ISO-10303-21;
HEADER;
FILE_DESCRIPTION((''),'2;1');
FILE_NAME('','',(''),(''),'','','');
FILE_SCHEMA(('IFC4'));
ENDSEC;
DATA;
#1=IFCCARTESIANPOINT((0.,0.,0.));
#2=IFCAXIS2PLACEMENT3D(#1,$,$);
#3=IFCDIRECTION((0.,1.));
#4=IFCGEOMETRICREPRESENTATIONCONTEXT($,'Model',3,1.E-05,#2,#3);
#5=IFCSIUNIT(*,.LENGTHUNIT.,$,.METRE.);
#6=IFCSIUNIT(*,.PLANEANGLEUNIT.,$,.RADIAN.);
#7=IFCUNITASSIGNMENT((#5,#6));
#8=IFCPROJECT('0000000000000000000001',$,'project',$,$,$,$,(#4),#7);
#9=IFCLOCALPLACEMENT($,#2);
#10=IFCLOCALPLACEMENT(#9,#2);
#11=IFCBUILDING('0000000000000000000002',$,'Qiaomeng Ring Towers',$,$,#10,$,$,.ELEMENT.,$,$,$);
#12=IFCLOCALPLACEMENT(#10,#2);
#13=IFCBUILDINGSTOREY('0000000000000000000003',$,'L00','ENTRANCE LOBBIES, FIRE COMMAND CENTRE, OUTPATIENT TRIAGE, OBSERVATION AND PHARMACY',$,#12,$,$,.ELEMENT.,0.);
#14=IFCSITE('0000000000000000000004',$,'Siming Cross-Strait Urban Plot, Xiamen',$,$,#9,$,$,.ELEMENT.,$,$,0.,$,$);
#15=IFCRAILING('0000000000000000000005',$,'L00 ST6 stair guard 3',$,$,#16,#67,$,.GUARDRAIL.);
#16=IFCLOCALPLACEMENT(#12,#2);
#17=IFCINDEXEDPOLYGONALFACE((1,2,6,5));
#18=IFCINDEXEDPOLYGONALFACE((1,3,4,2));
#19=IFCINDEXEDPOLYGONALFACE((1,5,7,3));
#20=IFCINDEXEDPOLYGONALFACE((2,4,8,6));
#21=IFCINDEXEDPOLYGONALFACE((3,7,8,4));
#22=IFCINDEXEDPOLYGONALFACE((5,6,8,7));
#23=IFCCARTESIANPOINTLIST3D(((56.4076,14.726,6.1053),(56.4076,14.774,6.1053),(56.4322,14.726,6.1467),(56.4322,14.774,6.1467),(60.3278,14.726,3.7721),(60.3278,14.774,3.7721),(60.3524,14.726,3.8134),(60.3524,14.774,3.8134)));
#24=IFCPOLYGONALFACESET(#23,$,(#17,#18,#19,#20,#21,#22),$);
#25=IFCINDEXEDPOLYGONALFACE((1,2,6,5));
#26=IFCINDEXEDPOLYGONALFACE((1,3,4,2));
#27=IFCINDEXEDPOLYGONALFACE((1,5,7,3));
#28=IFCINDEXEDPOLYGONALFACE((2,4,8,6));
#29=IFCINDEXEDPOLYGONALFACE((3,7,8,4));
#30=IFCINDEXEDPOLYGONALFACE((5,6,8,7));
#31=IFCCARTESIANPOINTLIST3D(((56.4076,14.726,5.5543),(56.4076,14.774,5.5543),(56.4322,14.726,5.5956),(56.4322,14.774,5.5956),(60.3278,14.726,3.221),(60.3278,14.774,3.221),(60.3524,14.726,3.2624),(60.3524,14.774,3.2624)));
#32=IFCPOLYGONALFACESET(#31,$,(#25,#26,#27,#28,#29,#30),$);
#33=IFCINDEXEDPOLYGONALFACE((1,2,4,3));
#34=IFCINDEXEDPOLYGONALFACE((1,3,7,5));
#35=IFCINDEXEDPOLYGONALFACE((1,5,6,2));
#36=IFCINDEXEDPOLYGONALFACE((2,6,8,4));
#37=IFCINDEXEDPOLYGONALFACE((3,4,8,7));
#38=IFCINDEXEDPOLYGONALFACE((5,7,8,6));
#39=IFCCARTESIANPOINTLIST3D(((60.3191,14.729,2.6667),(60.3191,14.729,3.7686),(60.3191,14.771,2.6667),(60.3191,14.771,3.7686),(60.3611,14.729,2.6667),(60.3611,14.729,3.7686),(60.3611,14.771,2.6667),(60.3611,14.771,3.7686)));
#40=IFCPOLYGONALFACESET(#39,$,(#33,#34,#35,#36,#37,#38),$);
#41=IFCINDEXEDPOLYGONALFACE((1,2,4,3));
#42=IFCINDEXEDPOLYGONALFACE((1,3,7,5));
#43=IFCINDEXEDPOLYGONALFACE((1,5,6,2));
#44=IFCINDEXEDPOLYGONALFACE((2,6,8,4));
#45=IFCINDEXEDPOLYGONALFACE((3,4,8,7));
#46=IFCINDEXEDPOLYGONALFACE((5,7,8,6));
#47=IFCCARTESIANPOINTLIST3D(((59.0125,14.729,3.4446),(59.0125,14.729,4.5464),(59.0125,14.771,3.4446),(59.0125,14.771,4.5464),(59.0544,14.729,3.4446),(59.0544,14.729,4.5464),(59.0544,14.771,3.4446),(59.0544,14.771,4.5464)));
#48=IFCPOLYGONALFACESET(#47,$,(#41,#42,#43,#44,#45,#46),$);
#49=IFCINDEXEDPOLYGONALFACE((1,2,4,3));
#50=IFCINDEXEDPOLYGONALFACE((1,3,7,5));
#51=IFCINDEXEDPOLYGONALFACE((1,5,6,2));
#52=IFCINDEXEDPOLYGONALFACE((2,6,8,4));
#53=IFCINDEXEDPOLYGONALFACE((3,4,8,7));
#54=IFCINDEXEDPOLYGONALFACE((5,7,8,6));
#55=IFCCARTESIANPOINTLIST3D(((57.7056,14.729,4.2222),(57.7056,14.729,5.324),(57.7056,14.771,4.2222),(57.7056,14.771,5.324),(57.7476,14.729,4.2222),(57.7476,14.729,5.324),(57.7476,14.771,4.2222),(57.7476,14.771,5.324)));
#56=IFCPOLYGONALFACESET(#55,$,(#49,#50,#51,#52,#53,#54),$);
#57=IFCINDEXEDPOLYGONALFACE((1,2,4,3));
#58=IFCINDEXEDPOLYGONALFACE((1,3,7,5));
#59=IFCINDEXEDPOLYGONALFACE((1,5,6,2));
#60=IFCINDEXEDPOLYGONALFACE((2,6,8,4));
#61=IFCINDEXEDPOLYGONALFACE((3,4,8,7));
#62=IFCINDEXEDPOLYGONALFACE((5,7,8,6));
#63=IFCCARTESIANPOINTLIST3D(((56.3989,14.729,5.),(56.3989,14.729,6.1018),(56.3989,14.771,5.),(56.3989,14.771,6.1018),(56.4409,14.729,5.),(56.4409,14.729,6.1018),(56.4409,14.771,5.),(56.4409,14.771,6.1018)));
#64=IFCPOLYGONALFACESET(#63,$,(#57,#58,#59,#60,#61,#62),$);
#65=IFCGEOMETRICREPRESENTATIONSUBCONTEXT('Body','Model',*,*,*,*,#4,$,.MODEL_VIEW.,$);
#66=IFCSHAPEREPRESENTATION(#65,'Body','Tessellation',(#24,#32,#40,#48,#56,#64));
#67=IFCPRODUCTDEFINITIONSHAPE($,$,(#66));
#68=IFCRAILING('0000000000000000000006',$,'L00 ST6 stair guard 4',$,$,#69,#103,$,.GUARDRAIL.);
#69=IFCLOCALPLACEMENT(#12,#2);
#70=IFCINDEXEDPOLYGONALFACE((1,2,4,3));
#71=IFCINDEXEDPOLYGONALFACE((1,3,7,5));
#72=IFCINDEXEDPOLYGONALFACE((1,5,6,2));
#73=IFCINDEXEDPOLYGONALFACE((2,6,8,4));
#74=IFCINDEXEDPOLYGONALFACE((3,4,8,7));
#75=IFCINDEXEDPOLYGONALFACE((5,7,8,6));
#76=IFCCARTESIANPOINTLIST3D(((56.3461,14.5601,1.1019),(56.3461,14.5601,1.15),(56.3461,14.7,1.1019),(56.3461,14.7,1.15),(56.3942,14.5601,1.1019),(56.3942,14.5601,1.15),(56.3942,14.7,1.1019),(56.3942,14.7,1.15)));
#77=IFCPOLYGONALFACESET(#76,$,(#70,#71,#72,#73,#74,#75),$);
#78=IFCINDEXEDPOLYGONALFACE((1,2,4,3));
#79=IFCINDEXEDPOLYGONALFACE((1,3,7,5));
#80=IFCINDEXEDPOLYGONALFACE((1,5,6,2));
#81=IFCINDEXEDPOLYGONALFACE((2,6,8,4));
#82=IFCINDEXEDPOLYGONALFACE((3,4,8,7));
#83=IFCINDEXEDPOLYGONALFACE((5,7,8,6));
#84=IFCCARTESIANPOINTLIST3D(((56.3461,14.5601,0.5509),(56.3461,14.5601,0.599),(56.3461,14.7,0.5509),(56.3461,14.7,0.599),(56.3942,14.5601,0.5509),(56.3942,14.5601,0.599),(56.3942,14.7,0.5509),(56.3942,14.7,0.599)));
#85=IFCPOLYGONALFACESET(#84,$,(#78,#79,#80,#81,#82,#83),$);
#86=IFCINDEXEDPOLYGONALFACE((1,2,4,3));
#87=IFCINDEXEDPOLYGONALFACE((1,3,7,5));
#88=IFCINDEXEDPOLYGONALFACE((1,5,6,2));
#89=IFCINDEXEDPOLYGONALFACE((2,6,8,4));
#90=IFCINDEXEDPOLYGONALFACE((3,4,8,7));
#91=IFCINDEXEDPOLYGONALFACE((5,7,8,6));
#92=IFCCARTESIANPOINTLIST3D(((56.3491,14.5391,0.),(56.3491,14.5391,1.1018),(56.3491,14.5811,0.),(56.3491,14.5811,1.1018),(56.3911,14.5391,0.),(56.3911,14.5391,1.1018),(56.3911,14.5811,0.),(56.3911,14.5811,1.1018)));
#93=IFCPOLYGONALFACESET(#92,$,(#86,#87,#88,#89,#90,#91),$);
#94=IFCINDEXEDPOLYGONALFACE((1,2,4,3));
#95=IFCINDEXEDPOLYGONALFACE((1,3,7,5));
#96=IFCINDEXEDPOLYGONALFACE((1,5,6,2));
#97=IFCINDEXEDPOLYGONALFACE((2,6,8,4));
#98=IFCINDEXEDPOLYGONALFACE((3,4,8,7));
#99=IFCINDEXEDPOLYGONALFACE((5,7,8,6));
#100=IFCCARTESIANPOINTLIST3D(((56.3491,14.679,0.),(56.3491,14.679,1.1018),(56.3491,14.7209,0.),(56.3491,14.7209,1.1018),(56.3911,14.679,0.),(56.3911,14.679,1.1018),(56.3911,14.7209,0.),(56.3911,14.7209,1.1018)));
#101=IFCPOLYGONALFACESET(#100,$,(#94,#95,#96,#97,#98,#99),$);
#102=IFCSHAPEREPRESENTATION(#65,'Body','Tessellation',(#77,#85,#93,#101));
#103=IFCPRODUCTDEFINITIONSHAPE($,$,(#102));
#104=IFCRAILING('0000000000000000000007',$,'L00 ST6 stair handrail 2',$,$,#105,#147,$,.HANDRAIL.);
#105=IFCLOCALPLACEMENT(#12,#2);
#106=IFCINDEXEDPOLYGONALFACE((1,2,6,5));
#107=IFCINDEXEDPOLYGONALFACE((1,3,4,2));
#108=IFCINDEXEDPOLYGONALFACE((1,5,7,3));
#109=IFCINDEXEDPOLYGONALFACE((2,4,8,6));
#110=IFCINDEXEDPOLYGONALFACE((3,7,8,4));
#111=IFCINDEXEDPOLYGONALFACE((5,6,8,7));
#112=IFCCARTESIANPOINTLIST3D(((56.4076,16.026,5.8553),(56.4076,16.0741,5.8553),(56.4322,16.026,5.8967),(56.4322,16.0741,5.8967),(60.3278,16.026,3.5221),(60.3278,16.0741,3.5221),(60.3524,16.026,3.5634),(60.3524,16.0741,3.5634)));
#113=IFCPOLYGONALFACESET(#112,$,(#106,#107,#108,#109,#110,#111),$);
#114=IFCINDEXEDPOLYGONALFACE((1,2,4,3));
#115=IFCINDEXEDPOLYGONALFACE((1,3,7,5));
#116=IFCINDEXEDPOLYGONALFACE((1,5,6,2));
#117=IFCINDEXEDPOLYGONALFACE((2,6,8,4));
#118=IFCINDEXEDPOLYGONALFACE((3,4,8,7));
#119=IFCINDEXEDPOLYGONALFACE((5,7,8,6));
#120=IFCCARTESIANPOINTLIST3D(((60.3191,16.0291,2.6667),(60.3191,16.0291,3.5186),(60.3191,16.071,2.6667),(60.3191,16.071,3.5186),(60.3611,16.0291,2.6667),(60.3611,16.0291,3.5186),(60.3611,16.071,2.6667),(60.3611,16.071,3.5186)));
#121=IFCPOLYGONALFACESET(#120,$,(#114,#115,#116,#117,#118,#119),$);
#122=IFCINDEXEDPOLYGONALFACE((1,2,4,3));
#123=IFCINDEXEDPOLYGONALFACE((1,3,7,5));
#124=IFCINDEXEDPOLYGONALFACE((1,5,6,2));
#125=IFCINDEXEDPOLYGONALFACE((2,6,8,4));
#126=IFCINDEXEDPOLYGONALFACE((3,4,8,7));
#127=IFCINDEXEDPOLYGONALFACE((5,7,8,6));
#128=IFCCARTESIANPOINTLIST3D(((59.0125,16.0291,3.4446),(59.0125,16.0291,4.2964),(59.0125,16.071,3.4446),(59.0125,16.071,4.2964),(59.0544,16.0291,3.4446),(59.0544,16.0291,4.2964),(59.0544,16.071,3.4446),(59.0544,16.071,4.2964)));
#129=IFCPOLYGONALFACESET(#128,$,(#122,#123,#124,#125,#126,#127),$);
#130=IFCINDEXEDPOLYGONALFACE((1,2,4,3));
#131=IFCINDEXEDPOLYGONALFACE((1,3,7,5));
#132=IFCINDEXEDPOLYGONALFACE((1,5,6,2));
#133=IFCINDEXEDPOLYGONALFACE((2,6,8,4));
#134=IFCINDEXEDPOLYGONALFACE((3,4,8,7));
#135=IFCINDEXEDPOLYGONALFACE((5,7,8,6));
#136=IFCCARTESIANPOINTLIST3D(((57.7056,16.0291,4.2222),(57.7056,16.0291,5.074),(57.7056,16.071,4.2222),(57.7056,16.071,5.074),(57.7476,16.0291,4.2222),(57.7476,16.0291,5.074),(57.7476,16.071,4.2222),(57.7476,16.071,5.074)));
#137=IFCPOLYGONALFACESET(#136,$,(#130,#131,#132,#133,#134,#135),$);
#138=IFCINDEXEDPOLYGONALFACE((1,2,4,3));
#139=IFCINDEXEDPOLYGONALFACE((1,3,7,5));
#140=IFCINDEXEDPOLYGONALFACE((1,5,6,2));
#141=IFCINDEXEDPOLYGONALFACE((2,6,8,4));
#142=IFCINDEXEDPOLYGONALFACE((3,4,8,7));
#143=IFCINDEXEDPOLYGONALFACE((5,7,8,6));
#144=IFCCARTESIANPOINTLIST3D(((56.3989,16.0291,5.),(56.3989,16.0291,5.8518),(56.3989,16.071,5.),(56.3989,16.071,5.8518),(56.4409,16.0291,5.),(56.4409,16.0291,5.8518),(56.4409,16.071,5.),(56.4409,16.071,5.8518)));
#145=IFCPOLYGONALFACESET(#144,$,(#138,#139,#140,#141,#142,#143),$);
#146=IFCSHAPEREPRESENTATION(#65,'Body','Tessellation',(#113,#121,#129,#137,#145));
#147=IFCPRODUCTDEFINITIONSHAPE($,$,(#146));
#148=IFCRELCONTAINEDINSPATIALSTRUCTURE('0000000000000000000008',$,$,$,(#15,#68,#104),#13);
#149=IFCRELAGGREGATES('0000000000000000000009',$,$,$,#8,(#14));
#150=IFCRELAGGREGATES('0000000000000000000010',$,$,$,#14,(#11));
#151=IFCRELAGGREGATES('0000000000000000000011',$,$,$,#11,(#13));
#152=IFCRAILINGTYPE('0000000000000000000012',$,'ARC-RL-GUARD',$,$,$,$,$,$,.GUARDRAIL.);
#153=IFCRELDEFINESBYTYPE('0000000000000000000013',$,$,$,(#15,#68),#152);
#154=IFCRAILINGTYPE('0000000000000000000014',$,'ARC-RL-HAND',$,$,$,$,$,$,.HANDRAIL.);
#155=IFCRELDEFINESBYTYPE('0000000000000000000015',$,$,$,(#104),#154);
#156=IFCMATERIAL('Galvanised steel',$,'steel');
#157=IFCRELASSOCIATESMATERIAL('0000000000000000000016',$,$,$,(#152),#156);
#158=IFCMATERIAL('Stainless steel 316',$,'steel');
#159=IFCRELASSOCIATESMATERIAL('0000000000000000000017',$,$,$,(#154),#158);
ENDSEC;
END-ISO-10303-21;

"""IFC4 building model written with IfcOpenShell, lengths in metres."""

from ifc_helpers import new_model, si_unit, direction, frame, origin, origin_2d, place, context, subcontext, project, spatial, rectangle, extrude, material, type_object, element, save


model = new_model("IFC4")

# Units and contexts
model_context = context("Model", 3, precision=1e-05, world=origin(), true_north=direction((0.0, 1.0)))
body_context = subcontext(model_context, "Body", "Model", "MODEL_VIEW")
ifc_project = project(units=[si_unit("LENGTHUNIT", "METRE"), si_unit("PLANEANGLEUNIT", "RADIAN")], contexts=[model_context])

# Site, building, storey
site_placement = place(None, origin())
site = spatial("IfcSite", under=ifc_project, at=site_placement, Name="Siming Cross-Strait Urban Plot, Xiamen", CompositionType="ELEMENT", RefElevation=0.0)
building_placement = place(site_placement, origin())
building = spatial("IfcBuilding", under=site, at=building_placement, Name="Qiaomeng Ring Towers", CompositionType="ELEMENT")
storey_placement = place(building_placement, origin())
storey = spatial("IfcBuildingStorey", under=building, at=storey_placement, Name="L00", Description="ENTRANCE LOBBIES, FIRE COMMAND CENTRE, OUTPATIENT TRIAGE, OBSERVATION AND PHARMACY", CompositionType="ELEMENT", Elevation=0.0)

# Railings
ifc_material_1 = material(Name="Galvanised steel", Category="steel")
railing_type_1 = type_object("IfcRailingType", Name="ARC-RL-GUARD", PredefinedType="GUARDRAIL", material=ifc_material_1)
railing_1_placement = place(storey_placement, frame((60.3401, 14.75, 2.6667)))
element("IfcRailing", 1, at=railing_1_placement, inside=storey, type_object=railing_type_1, Name="L00 ST6 stair guard 3", PredefinedType="GUARDRAIL", context=body_context, shape_type="SweptSolid", body=[
    extrude(rectangle(XDim=0.0481, YDim=0.0481, at=origin_2d()), frame((0.0, 0.0, 1.126), z_axis=(-0.85931, 0.0, 0.511455), x_axis=(0.0, -1.0, 0.0)), (0.0, 0.0, 1.0), 4.562),
    extrude(rectangle(XDim=0.0481, YDim=0.0481, at=origin_2d()), frame((0.0, 0.0, 0.575), z_axis=(-0.85931, 0.0, 0.511455), x_axis=(0.0, -1.0, 0.0)), (0.0, 0.0, 1.0), 4.562),
    extrude(rectangle(XDim=0.042, YDim=0.042, at=origin_2d()), origin(), (0.0, 0.0, 1.0), 1.1018),
    extrude(rectangle(XDim=0.042, YDim=0.042, at=origin_2d()), frame((-1.3066, 0.0, 0.7778)), (0.0, 0.0, 1.0), 1.1018),
    extrude(rectangle(XDim=0.042, YDim=0.042, at=origin_2d()), frame((-2.6135, 0.0, 1.5554)), (0.0, 0.0, 1.0), 1.1018),
    extrude(rectangle(XDim=0.042, YDim=0.042, at=origin_2d()), frame((-3.9202, 0.0, 2.3333)), (0.0, 0.0, 1.0), 1.1018),
])
railing_2_placement = place(storey_placement, frame((56.3701, 14.5601, 0.0)))
element("IfcRailing", 2, at=railing_2_placement, inside=storey, type_object=railing_type_1, Name="L00 ST6 stair guard 4", PredefinedType="GUARDRAIL", context=body_context, shape_type="SweptSolid", body=[
    extrude(rectangle(XDim=0.0481, YDim=0.0481, at=origin_2d()), frame((0.0, 0.0, 1.126), z_axis=(0.0, 1.0, 0.0), x_axis=(-1.0, 0.0, 0.0)), (0.0, 0.0, 1.0), 0.1399),
    extrude(rectangle(XDim=0.0481, YDim=0.0481, at=origin_2d()), frame((0.0, 0.0, 0.575), z_axis=(0.0, 1.0, 0.0), x_axis=(-1.0, 0.0, 0.0)), (0.0, 0.0, 1.0), 0.1399),
    extrude(rectangle(XDim=0.042, YDim=0.042, at=origin_2d()), origin(), (0.0, 0.0, 1.0), 1.1018),
    extrude(rectangle(XDim=0.042, YDim=0.042, at=origin_2d()), frame((0.0, 0.1399, 0.0)), (0.0, 0.0, 1.0), 1.1018),
])
ifc_material_2 = material(Name="Stainless steel 316", Category="steel")
railing_type_2 = type_object("IfcRailingType", Name="ARC-RL-HAND", PredefinedType="HANDRAIL", material=ifc_material_2)
railing_3_placement = place(storey_placement, frame((60.3401, 16.05, 2.6667)))
element("IfcRailing", 3, at=railing_3_placement, inside=storey, type_object=railing_type_2, Name="L00 ST6 stair handrail 2", PredefinedType="HANDRAIL", context=body_context, shape_type="SweptSolid", body=[
    extrude(rectangle(XDim=0.0481, YDim=0.0481, at=origin_2d()), frame((0.0, 0.0, 0.876), z_axis=(-0.85931, 0.0, 0.511455), x_axis=(0.0, -1.0, 0.0)), (0.0, 0.0, 1.0), 4.562),
    extrude(rectangle(XDim=0.042, YDim=0.042, at=origin_2d()), origin(), (0.0, 0.0, 1.0), 0.8518),
    extrude(rectangle(XDim=0.042, YDim=0.042, at=origin_2d()), frame((-1.3066, 0.0, 0.7778)), (0.0, 0.0, 1.0), 0.8518),
    extrude(rectangle(XDim=0.042, YDim=0.042, at=origin_2d()), frame((-2.6135, 0.0, 1.5554)), (0.0, 0.0, 1.0), 0.8518),
    extrude(rectangle(XDim=0.042, YDim=0.042, at=origin_2d()), frame((-3.9202, 0.0, 2.3333)), (0.0, 0.0, 1.0), 0.8518),
])

save(model, "model.ifc")
